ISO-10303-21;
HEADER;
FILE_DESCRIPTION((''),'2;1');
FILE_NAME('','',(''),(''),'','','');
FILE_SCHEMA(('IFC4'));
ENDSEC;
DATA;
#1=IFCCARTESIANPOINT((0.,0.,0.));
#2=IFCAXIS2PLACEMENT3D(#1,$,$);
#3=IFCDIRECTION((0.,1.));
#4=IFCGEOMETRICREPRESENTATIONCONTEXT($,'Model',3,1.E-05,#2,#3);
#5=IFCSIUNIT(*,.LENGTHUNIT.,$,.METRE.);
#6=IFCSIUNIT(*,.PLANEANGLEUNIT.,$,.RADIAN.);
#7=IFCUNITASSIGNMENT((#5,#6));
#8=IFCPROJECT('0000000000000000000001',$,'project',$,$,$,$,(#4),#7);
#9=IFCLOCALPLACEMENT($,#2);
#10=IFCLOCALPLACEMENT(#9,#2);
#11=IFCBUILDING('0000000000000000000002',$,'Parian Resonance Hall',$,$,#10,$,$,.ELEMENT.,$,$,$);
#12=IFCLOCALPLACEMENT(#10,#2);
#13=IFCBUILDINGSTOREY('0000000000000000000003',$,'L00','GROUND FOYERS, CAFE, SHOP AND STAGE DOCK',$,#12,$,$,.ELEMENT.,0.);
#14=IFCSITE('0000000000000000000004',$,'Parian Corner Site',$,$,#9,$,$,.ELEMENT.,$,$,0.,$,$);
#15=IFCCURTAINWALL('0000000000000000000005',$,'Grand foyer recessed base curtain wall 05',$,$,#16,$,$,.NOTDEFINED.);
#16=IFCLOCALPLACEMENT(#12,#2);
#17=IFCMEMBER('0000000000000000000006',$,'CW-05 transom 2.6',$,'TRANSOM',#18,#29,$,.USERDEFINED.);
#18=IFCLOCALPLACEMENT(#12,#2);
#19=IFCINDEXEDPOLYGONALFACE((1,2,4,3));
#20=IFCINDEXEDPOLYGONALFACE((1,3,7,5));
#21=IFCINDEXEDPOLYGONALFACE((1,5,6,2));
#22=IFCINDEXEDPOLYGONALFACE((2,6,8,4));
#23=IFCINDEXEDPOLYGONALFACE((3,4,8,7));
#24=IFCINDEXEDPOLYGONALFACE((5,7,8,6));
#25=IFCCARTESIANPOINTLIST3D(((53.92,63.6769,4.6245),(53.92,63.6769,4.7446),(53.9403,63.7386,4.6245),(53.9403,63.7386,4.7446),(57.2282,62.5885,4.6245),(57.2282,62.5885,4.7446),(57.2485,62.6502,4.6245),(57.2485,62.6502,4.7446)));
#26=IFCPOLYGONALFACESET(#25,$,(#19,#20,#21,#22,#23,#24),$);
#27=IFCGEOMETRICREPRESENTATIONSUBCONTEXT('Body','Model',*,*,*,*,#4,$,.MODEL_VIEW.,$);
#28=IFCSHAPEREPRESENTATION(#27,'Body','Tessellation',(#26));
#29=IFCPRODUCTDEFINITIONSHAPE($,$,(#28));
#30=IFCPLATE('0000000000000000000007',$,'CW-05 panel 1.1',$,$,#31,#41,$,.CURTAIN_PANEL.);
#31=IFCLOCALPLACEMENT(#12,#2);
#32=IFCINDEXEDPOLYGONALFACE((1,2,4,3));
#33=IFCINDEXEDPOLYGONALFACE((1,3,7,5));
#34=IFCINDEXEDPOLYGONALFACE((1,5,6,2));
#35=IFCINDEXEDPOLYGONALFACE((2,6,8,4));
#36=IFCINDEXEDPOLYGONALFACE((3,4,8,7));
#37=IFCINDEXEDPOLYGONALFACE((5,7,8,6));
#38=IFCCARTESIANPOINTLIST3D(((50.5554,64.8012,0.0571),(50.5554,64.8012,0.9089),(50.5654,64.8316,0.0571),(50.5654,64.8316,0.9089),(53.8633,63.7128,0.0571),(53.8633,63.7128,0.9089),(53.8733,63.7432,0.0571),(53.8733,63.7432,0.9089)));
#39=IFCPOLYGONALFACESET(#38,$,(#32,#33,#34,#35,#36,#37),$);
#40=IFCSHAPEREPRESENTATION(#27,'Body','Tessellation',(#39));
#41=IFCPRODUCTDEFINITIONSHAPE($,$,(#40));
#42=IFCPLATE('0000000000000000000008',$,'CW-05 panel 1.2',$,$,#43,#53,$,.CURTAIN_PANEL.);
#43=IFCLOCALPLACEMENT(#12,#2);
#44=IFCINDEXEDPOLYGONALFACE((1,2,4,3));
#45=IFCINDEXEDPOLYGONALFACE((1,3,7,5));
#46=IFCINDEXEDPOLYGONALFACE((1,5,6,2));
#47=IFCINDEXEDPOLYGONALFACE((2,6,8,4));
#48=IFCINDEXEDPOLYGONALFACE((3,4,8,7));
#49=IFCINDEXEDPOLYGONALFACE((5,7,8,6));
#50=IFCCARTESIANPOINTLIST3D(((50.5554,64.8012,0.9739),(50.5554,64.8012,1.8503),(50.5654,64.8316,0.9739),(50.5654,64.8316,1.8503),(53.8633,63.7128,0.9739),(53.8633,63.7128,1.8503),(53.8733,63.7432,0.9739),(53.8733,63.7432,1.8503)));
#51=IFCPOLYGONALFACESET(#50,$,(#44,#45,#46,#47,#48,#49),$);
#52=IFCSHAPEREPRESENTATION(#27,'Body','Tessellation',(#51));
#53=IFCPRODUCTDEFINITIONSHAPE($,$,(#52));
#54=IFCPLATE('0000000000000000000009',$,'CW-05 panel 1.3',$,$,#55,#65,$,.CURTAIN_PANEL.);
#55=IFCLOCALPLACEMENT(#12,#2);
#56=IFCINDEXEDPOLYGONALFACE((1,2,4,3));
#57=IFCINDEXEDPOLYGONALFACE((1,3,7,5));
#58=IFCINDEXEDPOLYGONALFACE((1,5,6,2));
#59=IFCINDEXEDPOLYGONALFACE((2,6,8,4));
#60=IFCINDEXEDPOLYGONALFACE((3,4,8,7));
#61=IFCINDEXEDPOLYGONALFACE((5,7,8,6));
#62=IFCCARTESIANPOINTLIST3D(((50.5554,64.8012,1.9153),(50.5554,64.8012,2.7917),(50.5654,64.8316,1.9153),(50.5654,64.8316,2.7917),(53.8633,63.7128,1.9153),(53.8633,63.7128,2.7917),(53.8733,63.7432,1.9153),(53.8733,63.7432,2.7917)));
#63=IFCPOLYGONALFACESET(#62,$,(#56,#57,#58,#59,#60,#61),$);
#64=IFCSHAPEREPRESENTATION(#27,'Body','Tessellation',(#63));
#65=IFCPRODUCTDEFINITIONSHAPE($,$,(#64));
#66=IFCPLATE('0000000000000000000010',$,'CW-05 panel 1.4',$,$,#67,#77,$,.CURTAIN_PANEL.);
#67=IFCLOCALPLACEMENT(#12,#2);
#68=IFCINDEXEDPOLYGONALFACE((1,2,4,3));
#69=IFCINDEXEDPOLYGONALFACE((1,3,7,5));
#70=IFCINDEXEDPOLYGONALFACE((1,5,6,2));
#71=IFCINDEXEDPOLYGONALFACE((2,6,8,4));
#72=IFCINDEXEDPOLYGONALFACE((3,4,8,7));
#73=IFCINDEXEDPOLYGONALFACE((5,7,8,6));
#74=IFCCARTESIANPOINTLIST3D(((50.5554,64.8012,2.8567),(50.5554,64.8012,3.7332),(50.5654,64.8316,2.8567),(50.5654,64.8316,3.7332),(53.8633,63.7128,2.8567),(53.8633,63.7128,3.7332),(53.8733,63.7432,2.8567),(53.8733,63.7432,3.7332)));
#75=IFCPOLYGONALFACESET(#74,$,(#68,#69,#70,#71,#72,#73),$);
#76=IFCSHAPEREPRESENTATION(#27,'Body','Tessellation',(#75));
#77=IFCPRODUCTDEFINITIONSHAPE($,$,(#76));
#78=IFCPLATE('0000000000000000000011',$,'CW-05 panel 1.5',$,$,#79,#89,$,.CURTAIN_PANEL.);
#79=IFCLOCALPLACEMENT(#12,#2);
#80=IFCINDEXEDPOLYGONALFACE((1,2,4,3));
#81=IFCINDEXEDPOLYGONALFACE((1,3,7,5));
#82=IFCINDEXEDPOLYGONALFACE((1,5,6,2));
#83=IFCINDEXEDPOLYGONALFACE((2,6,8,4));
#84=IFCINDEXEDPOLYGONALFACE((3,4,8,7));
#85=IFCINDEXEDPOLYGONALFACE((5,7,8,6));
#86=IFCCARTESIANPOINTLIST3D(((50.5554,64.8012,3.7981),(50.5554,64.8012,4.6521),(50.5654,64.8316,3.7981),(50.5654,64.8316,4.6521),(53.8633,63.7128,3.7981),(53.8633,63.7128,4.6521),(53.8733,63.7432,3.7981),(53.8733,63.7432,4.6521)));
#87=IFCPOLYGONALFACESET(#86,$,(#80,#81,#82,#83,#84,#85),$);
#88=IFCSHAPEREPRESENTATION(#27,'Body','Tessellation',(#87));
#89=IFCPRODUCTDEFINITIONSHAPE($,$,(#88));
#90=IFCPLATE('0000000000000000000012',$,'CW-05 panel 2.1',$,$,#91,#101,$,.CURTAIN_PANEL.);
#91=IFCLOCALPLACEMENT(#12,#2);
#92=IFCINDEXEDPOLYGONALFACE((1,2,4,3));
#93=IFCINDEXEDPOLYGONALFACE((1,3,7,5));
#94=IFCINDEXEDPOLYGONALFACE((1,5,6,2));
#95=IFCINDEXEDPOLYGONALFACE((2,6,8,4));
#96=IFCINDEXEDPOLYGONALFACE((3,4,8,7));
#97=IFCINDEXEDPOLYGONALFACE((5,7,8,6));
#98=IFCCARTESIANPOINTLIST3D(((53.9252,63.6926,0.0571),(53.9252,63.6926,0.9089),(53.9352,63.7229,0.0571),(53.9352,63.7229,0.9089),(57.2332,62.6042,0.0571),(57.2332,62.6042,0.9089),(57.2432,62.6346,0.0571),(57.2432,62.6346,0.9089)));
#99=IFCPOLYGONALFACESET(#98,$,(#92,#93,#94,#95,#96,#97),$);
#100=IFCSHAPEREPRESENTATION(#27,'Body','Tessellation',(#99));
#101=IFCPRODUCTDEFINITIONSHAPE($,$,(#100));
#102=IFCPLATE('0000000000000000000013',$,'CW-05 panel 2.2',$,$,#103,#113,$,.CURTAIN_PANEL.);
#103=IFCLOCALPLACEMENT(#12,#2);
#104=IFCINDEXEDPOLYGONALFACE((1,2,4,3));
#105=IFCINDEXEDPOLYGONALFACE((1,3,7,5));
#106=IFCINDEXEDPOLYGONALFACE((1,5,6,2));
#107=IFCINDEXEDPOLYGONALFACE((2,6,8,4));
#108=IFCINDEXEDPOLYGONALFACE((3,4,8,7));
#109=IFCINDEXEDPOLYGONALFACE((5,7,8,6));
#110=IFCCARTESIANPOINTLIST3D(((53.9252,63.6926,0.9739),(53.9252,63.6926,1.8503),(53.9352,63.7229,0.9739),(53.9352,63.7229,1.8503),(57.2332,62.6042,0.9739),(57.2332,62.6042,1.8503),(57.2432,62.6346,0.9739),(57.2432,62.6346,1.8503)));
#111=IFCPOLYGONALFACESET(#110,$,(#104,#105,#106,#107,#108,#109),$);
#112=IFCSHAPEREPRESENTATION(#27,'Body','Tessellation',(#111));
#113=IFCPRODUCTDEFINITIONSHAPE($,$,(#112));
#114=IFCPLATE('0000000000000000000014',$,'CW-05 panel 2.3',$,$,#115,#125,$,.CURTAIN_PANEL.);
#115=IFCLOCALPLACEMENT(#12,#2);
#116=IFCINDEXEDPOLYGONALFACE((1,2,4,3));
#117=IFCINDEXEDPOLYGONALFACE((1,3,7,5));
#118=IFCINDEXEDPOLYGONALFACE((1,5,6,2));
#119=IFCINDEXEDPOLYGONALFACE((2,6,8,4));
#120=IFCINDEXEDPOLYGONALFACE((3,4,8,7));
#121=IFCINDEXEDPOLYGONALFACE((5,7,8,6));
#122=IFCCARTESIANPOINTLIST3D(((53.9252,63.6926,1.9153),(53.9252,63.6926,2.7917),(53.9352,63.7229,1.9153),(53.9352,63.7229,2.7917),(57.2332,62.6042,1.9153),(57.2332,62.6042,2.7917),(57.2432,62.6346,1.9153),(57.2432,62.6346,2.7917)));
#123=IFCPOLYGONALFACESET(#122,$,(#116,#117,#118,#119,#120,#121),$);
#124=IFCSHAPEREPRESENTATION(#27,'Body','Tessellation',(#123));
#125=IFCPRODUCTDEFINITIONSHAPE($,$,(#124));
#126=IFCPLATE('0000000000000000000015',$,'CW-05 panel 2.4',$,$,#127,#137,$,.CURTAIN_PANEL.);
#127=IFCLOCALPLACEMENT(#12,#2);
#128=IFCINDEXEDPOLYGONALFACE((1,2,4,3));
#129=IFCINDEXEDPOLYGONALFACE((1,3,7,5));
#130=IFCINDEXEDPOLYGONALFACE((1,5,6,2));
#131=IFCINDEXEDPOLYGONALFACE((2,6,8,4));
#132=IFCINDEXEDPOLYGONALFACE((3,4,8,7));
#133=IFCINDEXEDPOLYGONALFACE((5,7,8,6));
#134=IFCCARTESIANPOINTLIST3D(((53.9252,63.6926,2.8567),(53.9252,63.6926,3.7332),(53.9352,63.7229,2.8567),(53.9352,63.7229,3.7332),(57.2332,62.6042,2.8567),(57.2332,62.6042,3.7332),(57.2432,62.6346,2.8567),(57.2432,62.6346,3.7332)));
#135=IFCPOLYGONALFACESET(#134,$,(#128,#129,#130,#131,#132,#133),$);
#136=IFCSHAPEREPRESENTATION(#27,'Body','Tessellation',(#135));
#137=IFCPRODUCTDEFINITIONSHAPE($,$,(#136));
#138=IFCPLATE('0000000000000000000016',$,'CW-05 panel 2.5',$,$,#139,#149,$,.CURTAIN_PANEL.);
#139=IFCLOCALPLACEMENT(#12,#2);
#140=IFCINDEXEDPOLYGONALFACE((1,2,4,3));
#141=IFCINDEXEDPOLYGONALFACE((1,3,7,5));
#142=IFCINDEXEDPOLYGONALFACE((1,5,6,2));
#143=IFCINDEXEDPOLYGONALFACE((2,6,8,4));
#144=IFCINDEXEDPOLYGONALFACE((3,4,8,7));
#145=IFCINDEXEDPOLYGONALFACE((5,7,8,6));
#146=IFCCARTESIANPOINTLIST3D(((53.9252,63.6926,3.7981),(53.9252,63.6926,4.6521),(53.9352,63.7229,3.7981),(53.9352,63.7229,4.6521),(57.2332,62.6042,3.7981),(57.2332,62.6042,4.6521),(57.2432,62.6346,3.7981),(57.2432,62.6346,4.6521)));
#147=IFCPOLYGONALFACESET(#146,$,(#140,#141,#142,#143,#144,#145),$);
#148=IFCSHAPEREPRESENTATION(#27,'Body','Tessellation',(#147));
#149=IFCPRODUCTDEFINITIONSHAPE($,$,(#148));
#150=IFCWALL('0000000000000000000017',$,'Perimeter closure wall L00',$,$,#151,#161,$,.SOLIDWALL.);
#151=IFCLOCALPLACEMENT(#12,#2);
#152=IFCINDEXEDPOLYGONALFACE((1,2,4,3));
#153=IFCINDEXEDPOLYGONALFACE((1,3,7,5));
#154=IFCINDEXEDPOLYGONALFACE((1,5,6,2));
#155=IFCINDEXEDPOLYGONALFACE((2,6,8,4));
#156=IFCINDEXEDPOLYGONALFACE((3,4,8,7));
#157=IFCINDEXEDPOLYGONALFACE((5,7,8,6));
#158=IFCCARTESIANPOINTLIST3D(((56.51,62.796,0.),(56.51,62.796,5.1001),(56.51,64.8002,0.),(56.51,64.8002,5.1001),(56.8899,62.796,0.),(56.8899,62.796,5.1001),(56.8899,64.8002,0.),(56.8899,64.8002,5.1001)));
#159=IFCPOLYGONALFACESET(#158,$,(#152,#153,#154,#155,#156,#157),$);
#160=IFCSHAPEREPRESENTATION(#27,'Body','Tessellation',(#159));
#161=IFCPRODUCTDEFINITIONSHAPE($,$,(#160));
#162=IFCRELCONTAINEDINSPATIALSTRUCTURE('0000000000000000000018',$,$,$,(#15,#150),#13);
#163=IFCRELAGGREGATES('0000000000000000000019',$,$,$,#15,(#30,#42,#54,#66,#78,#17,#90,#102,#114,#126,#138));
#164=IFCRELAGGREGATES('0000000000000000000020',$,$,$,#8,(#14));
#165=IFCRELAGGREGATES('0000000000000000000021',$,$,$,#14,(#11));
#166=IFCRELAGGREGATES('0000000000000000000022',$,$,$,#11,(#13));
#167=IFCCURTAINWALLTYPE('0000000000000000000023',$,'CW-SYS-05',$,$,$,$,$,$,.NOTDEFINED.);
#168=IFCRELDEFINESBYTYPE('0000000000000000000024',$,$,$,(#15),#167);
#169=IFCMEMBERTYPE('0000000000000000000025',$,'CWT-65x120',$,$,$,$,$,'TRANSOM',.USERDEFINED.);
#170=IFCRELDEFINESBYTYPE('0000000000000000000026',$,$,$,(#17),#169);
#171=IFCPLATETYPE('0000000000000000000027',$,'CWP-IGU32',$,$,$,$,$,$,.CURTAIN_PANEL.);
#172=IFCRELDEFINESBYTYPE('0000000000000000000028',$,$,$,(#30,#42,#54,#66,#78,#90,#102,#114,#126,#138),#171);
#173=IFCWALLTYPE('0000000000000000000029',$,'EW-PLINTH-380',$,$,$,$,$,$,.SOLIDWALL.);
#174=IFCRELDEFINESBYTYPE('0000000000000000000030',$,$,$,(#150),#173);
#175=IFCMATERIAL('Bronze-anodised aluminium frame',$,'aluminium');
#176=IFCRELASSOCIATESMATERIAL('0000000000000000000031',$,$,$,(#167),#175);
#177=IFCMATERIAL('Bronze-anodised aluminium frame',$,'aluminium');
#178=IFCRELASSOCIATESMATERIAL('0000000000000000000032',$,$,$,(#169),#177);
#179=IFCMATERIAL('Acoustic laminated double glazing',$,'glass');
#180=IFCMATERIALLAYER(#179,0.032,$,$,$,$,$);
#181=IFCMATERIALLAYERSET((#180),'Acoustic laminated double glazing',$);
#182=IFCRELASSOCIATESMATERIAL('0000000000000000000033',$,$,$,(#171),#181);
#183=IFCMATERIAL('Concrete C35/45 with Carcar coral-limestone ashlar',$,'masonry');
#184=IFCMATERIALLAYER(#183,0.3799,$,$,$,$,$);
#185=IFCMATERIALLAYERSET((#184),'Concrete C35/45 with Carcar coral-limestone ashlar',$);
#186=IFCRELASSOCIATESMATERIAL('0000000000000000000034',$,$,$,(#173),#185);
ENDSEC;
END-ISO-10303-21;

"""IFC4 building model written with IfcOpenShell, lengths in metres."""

from ifc_helpers import new_model, si_unit, direction, frame, frame_2d, origin, origin_2d, place, context, subcontext, project, spatial, rectangle, extrude, material, layer, layer_set, material_profile, profile_set, type_object, element, aggregate, save


model = new_model("IFC4")

# Units and contexts
model_context = context("Model", 3, precision=1e-05, world=origin(), true_north=direction((0.0, 1.0)))
body_context = subcontext(model_context, "Body", "Model", "MODEL_VIEW")
ifc_project = project(units=[si_unit("LENGTHUNIT", "METRE"), si_unit("PLANEANGLEUNIT", "RADIAN")], contexts=[model_context])

# Site, building, storey
site_placement = place(None, origin())
site = spatial("IfcSite", under=ifc_project, at=site_placement, Name="Parian Corner Site", CompositionType="ELEMENT", RefElevation=0.0)
building_placement = place(site_placement, origin())
building = spatial("IfcBuilding", under=site, at=building_placement, Name="Parian Resonance Hall", CompositionType="ELEMENT")
storey_placement = place(building_placement, origin())
storey = spatial("IfcBuildingStorey", under=building, at=storey_placement, Name="L00", Description="GROUND FOYERS, CAFE, SHOP AND STAGE DOCK", CompositionType="ELEMENT", Elevation=0.0)

# Curtain wall, member, plates
ifc_material_1 = material(Name="Bronze-anodised aluminium frame", Category="aluminium")
curtain_wall_type = type_object("IfcCurtainWallType", Name="CW-SYS-05", PredefinedType="NOTDEFINED", material=ifc_material_1)
curtain_wall_placement = place(storey_placement, origin())
curtain_wall = element("IfcCurtainWall", 1, at=curtain_wall_placement, inside=storey, type_object=curtain_wall_type, Name="Grand foyer recessed base curtain wall 05", PredefinedType="NOTDEFINED")
ifc_material_2 = material(Name="Bronze-anodised aluminium frame", Category="aluminium")
ifc_material_profile_1 = material_profile(ifc_material_2, rectangle(XDim=0.0649, YDim=0.1201, at=origin_2d()), Name="CWT-65x120")
ifc_profile_set_1 = profile_set([ifc_material_profile_1], Name="Bronze-anodised aluminium frame")
member_type_1 = type_object("IfcMemberType", Name="CWT-65x120", ElementType="TRANSOM", PredefinedType="USERDEFINED", material=ifc_profile_set_1)
member_1_placement = place(storey_placement, frame((53.9302, 63.7078, 4.6846), z_axis=(0.94991, -0.312524, 0.0), x_axis=(0.312524, 0.94991, 0.0)))
member_1 = element("IfcMember", 2, at=member_1_placement, type_object=member_type_1, Name="CW-05 transom 2.6", ObjectType="TRANSOM", PredefinedType="USERDEFINED", context=body_context, shape_type="SweptSolid", body=[
    extrude(rectangle(XDim=0.0649, YDim=0.1201, at=origin_2d()), origin(), (0.0, 0.0, 1.0), 3.4827),
])
ifc_material_3 = material(Name="Acoustic laminated double glazing", Category="glass")
ifc_layer_1 = layer(ifc_material_3, 0.032)
ifc_layer_set_1 = layer_set([ifc_layer_1], Name="Acoustic laminated double glazing")
plate_type = type_object("IfcPlateType", Name="CWP-IGU32", PredefinedType="CURTAIN_PANEL", material=ifc_layer_set_1)
plate_1_placement = place(storey_placement, frame((52.2144, 64.2722, 0.0571), z_axis=(0.0, 0.0, 1.0), x_axis=(0.949908, -0.31253, 0.0)))
plate_1 = element("IfcPlate", 3, at=plate_1_placement, type_object=plate_type, Name="CW-05 panel 1.1", PredefinedType="CURTAIN_PANEL", context=body_context, shape_type="SweptSolid", body=[
    extrude(rectangle(XDim=3.4824, YDim=0.032, at=origin_2d()), origin(), (0.0, 0.0, 1.0), 0.8518),
])
plate_2_placement = place(storey_placement, frame((52.2144, 64.2722, 0.9739), z_axis=(0.0, 0.0, 1.0), x_axis=(0.949908, -0.31253, 0.0)))
plate_2 = element("IfcPlate", 4, at=plate_2_placement, type_object=plate_type, Name="CW-05 panel 1.2", PredefinedType="CURTAIN_PANEL", context=body_context, shape_type="SweptSolid", body=[
    extrude(rectangle(XDim=3.4824, YDim=0.032, at=origin_2d()), origin(), (0.0, 0.0, 1.0), 0.8765),
])
plate_3_placement = place(storey_placement, frame((52.2144, 64.2722, 1.9153), z_axis=(0.0, 0.0, 1.0), x_axis=(0.949908, -0.31253, 0.0)))
plate_3 = element("IfcPlate", 5, at=plate_3_placement, type_object=plate_type, Name="CW-05 panel 1.3", PredefinedType="CURTAIN_PANEL", context=body_context, shape_type="SweptSolid", body=[
    extrude(rectangle(XDim=3.4824, YDim=0.032, at=origin_2d()), origin(), (0.0, 0.0, 1.0), 0.8765),
])
plate_4_placement = place(storey_placement, frame((52.2144, 64.2722, 2.8567), z_axis=(0.0, 0.0, 1.0), x_axis=(0.949908, -0.31253, 0.0)))
plate_4 = element("IfcPlate", 6, at=plate_4_placement, type_object=plate_type, Name="CW-05 panel 1.4", PredefinedType="CURTAIN_PANEL", context=body_context, shape_type="SweptSolid", body=[
    extrude(rectangle(XDim=3.4824, YDim=0.032, at=origin_2d()), origin(), (0.0, 0.0, 1.0), 0.8765),
])
plate_5_placement = place(storey_placement, frame((52.2144, 64.2722, 3.7981), z_axis=(0.0, 0.0, 1.0), x_axis=(0.949908, -0.31253, 0.0)))
plate_5 = element("IfcPlate", 7, at=plate_5_placement, type_object=plate_type, Name="CW-05 panel 1.5", PredefinedType="CURTAIN_PANEL", context=body_context, shape_type="SweptSolid", body=[
    extrude(rectangle(XDim=3.4824, YDim=0.032, at=origin_2d()), origin(), (0.0, 0.0, 1.0), 0.854),
])
plate_6_placement = place(storey_placement, frame((55.5842, 63.1636, 0.0571), z_axis=(0.0, 0.0, 1.0), x_axis=(0.949908, -0.31253, 0.0)))
plate_6 = element("IfcPlate", 8, at=plate_6_placement, type_object=plate_type, Name="CW-05 panel 2.1", PredefinedType="CURTAIN_PANEL", context=body_context, shape_type="SweptSolid", body=[
    extrude(rectangle(XDim=3.4824, YDim=0.032, at=origin_2d()), origin(), (0.0, 0.0, 1.0), 0.8518),
])
plate_7_placement = place(storey_placement, frame((55.5842, 63.1636, 0.9739), z_axis=(0.0, 0.0, 1.0), x_axis=(0.949908, -0.31253, 0.0)))
plate_7 = element("IfcPlate", 9, at=plate_7_placement, type_object=plate_type, Name="CW-05 panel 2.2", PredefinedType="CURTAIN_PANEL", context=body_context, shape_type="SweptSolid", body=[
    extrude(rectangle(XDim=3.4824, YDim=0.032, at=origin_2d()), origin(), (0.0, 0.0, 1.0), 0.8765),
])
plate_8_placement = place(storey_placement, frame((55.5842, 63.1636, 1.9153), z_axis=(0.0, 0.0, 1.0), x_axis=(0.949908, -0.31253, 0.0)))
plate_8 = element("IfcPlate", 10, at=plate_8_placement, type_object=plate_type, Name="CW-05 panel 2.3", PredefinedType="CURTAIN_PANEL", context=body_context, shape_type="SweptSolid", body=[
    extrude(rectangle(XDim=3.4824, YDim=0.032, at=origin_2d()), origin(), (0.0, 0.0, 1.0), 0.8765),
])
plate_9_placement = place(storey_placement, frame((55.5842, 63.1636, 2.8567), z_axis=(0.0, 0.0, 1.0), x_axis=(0.949908, -0.31253, 0.0)))
plate_9 = element("IfcPlate", 11, at=plate_9_placement, type_object=plate_type, Name="CW-05 panel 2.4", PredefinedType="CURTAIN_PANEL", context=body_context, shape_type="SweptSolid", body=[
    extrude(rectangle(XDim=3.4824, YDim=0.032, at=origin_2d()), origin(), (0.0, 0.0, 1.0), 0.8765),
])
plate_10_placement = place(storey_placement, frame((55.5842, 63.1636, 3.7981), z_axis=(0.0, 0.0, 1.0), x_axis=(0.949908, -0.31253, 0.0)))
plate_10 = element("IfcPlate", 12, at=plate_10_placement, type_object=plate_type, Name="CW-05 panel 2.5", PredefinedType="CURTAIN_PANEL", context=body_context, shape_type="SweptSolid", body=[
    extrude(rectangle(XDim=3.4824, YDim=0.032, at=origin_2d()), origin(), (0.0, 0.0, 1.0), 0.854),
])
aggregate(curtain_wall, [plate_1, plate_2, plate_3, plate_4, plate_5, member_1, plate_6, plate_7, plate_8, plate_9, plate_10])

# Wall
ifc_material_4 = material(Name="Concrete C35/45 with Carcar coral-limestone ashlar", Category="masonry")
ifc_layer_2 = layer(ifc_material_4, 0.3799)
ifc_layer_set_2 = layer_set([ifc_layer_2], Name="Concrete C35/45 with Carcar coral-limestone ashlar")
wall_type = type_object("IfcWallType", Name="EW-PLINTH-380", PredefinedType="SOLIDWALL", material=ifc_layer_set_2)
wall_placement = place(storey_placement, frame((56.7, 64.8, 0.0), z_axis=(0.0, 0.0, 1.0), x_axis=(0.0, -1.0, 0.0)))
element("IfcWall", 13, at=wall_placement, inside=storey, type_object=wall_type, Name="Perimeter closure wall L00", PredefinedType="SOLIDWALL", context=body_context, shape_type="SweptSolid", body=[
    extrude(rectangle(XDim=2.0042, YDim=0.3799, at=frame_2d((1.002, 0.0))), origin(), (0.0, 0.0, 1.0), 5.1001),
])

save(model, "model.ifc")
